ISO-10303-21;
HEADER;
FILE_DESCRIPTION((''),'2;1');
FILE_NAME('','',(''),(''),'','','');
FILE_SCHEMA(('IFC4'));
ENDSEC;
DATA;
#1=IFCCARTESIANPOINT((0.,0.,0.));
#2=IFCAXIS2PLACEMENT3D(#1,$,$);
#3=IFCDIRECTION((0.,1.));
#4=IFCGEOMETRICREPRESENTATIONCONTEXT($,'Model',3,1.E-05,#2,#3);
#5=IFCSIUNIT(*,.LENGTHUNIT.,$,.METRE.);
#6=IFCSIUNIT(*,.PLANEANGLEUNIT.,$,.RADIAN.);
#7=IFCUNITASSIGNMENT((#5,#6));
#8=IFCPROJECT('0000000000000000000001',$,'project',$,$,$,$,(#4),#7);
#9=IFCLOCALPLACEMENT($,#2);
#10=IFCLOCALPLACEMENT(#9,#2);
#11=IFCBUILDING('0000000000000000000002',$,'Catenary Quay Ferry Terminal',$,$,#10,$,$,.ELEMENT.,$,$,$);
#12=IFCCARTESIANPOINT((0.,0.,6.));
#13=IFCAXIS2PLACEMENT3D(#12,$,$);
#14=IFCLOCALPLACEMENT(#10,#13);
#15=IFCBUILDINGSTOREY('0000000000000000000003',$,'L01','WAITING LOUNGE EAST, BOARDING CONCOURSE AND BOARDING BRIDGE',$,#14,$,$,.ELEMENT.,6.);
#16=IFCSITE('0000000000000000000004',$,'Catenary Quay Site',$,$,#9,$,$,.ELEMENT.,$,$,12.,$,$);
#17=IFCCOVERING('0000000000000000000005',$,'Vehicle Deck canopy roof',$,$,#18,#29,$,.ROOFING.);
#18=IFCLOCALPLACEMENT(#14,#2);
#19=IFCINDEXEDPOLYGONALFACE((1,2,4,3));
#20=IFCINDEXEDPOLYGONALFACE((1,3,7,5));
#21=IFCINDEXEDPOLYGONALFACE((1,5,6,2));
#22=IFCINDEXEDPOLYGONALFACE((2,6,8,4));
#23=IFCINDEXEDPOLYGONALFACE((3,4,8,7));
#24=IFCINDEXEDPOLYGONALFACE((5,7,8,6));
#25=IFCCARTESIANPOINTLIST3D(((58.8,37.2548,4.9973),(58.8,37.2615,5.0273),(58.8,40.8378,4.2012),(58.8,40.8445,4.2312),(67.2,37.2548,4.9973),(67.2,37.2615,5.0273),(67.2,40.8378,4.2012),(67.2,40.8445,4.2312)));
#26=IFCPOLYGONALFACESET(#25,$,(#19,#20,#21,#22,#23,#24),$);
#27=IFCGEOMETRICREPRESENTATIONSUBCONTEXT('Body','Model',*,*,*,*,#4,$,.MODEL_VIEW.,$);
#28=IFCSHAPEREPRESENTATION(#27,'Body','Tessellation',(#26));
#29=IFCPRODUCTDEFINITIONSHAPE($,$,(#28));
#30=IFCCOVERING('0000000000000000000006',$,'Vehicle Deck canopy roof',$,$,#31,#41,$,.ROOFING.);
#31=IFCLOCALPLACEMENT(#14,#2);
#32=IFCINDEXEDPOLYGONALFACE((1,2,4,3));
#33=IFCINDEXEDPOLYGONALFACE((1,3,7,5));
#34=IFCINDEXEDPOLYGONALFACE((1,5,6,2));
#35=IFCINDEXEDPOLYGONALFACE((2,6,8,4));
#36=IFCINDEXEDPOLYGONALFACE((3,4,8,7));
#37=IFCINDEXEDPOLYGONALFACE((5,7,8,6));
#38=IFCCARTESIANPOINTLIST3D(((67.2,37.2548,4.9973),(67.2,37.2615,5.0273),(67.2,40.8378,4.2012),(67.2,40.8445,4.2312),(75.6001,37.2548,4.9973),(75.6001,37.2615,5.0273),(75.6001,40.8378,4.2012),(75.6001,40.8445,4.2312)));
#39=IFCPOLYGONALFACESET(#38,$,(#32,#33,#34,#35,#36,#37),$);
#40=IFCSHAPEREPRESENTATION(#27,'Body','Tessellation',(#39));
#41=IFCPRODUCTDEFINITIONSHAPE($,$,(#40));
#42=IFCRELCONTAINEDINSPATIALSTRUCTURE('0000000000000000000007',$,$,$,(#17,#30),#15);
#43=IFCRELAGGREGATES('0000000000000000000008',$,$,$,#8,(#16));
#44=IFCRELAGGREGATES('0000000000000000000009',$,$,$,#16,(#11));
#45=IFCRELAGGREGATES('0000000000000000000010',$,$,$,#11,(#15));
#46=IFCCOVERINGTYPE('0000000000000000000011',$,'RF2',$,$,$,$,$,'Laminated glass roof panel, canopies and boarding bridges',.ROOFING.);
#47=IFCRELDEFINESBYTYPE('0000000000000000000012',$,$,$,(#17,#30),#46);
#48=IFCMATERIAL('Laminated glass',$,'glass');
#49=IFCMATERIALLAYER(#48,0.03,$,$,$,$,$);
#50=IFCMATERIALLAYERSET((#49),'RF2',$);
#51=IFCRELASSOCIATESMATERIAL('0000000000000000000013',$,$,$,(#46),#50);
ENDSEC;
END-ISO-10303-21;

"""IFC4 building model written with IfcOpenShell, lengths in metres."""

from ifc_helpers import new_model, si_unit, direction, frame, origin, place, context, subcontext, project, spatial, polyline, outline, extrude, material, layer, layer_set, type_object, element, save


model = new_model("IFC4")

# Units and contexts
model_context = context("Model", 3, precision=1e-05, world=origin(), true_north=direction((0.0, 1.0)))
body_context = subcontext(model_context, "Body", "Model", "MODEL_VIEW")
ifc_project = project(units=[si_unit("LENGTHUNIT", "METRE"), si_unit("PLANEANGLEUNIT", "RADIAN")], contexts=[model_context])

# Site, building, storey
site_placement = place(None, origin())
site = spatial("IfcSite", under=ifc_project, at=site_placement, Name="Catenary Quay Site", CompositionType="ELEMENT", RefElevation=12.0)
building_placement = place(site_placement, origin())
building = spatial("IfcBuilding", under=site, at=building_placement, Name="Catenary Quay Ferry Terminal", CompositionType="ELEMENT")
storey_placement = place(building_placement, frame((0.0, 0.0, 6.0)))
storey = spatial("IfcBuildingStorey", under=building, at=storey_placement, Name="L01", Description="WAITING LOUNGE EAST, BOARDING CONCOURSE AND BOARDING BRIDGE", CompositionType="ELEMENT", Elevation=6.0)

# Coverings
ifc_material_1 = material(Name="Laminated glass", Category="glass")
ifc_layer = layer(ifc_material_1, 0.03)
ifc_layer_set = layer_set([ifc_layer], Name="RF2")
covering_type = type_object("IfcCoveringType", Name="RF2", ElementType="Laminated glass roof panel, canopies and boarding bridges", PredefinedType="ROOFING", material=ifc_layer_set)
covering_1_placement = place(storey_placement, frame((58.8, 37.2615, 5.0273), z_axis=(0.0, 0.216909, 0.976192), x_axis=(1.0, 0.0, 0.0)))
element("IfcCovering", 1, at=covering_1_placement, inside=storey, type_object=covering_type, Name="Vehicle Deck canopy roof", PredefinedType="ROOFING", context=body_context, shape_type="SweptSolid", body=[
    extrude(outline(polyline([(0.0, 0.0), (8.3999, 0.0), (8.3999, 3.6704), (0.0, 3.6704), (0.0, 0.0)])), origin(), (0.0, 0.0, -1.0), 0.0308),
])
covering_2_placement = place(storey_placement, frame((67.2, 37.2615, 5.0273), z_axis=(0.0, 0.216909, 0.976192), x_axis=(1.0, 0.0, 0.0)))
element("IfcCovering", 2, at=covering_2_placement, inside=storey, type_object=covering_type, Name="Vehicle Deck canopy roof", PredefinedType="ROOFING", context=body_context, shape_type="SweptSolid", body=[
    extrude(outline(polyline([(0.0, 0.0), (8.4001, 0.0), (8.4001, 3.6704), (0.0, 3.6704), (0.0, 0.0)])), origin(), (0.0, 0.0, -1.0), 0.0308),
])

save(model, "model.ifc")
